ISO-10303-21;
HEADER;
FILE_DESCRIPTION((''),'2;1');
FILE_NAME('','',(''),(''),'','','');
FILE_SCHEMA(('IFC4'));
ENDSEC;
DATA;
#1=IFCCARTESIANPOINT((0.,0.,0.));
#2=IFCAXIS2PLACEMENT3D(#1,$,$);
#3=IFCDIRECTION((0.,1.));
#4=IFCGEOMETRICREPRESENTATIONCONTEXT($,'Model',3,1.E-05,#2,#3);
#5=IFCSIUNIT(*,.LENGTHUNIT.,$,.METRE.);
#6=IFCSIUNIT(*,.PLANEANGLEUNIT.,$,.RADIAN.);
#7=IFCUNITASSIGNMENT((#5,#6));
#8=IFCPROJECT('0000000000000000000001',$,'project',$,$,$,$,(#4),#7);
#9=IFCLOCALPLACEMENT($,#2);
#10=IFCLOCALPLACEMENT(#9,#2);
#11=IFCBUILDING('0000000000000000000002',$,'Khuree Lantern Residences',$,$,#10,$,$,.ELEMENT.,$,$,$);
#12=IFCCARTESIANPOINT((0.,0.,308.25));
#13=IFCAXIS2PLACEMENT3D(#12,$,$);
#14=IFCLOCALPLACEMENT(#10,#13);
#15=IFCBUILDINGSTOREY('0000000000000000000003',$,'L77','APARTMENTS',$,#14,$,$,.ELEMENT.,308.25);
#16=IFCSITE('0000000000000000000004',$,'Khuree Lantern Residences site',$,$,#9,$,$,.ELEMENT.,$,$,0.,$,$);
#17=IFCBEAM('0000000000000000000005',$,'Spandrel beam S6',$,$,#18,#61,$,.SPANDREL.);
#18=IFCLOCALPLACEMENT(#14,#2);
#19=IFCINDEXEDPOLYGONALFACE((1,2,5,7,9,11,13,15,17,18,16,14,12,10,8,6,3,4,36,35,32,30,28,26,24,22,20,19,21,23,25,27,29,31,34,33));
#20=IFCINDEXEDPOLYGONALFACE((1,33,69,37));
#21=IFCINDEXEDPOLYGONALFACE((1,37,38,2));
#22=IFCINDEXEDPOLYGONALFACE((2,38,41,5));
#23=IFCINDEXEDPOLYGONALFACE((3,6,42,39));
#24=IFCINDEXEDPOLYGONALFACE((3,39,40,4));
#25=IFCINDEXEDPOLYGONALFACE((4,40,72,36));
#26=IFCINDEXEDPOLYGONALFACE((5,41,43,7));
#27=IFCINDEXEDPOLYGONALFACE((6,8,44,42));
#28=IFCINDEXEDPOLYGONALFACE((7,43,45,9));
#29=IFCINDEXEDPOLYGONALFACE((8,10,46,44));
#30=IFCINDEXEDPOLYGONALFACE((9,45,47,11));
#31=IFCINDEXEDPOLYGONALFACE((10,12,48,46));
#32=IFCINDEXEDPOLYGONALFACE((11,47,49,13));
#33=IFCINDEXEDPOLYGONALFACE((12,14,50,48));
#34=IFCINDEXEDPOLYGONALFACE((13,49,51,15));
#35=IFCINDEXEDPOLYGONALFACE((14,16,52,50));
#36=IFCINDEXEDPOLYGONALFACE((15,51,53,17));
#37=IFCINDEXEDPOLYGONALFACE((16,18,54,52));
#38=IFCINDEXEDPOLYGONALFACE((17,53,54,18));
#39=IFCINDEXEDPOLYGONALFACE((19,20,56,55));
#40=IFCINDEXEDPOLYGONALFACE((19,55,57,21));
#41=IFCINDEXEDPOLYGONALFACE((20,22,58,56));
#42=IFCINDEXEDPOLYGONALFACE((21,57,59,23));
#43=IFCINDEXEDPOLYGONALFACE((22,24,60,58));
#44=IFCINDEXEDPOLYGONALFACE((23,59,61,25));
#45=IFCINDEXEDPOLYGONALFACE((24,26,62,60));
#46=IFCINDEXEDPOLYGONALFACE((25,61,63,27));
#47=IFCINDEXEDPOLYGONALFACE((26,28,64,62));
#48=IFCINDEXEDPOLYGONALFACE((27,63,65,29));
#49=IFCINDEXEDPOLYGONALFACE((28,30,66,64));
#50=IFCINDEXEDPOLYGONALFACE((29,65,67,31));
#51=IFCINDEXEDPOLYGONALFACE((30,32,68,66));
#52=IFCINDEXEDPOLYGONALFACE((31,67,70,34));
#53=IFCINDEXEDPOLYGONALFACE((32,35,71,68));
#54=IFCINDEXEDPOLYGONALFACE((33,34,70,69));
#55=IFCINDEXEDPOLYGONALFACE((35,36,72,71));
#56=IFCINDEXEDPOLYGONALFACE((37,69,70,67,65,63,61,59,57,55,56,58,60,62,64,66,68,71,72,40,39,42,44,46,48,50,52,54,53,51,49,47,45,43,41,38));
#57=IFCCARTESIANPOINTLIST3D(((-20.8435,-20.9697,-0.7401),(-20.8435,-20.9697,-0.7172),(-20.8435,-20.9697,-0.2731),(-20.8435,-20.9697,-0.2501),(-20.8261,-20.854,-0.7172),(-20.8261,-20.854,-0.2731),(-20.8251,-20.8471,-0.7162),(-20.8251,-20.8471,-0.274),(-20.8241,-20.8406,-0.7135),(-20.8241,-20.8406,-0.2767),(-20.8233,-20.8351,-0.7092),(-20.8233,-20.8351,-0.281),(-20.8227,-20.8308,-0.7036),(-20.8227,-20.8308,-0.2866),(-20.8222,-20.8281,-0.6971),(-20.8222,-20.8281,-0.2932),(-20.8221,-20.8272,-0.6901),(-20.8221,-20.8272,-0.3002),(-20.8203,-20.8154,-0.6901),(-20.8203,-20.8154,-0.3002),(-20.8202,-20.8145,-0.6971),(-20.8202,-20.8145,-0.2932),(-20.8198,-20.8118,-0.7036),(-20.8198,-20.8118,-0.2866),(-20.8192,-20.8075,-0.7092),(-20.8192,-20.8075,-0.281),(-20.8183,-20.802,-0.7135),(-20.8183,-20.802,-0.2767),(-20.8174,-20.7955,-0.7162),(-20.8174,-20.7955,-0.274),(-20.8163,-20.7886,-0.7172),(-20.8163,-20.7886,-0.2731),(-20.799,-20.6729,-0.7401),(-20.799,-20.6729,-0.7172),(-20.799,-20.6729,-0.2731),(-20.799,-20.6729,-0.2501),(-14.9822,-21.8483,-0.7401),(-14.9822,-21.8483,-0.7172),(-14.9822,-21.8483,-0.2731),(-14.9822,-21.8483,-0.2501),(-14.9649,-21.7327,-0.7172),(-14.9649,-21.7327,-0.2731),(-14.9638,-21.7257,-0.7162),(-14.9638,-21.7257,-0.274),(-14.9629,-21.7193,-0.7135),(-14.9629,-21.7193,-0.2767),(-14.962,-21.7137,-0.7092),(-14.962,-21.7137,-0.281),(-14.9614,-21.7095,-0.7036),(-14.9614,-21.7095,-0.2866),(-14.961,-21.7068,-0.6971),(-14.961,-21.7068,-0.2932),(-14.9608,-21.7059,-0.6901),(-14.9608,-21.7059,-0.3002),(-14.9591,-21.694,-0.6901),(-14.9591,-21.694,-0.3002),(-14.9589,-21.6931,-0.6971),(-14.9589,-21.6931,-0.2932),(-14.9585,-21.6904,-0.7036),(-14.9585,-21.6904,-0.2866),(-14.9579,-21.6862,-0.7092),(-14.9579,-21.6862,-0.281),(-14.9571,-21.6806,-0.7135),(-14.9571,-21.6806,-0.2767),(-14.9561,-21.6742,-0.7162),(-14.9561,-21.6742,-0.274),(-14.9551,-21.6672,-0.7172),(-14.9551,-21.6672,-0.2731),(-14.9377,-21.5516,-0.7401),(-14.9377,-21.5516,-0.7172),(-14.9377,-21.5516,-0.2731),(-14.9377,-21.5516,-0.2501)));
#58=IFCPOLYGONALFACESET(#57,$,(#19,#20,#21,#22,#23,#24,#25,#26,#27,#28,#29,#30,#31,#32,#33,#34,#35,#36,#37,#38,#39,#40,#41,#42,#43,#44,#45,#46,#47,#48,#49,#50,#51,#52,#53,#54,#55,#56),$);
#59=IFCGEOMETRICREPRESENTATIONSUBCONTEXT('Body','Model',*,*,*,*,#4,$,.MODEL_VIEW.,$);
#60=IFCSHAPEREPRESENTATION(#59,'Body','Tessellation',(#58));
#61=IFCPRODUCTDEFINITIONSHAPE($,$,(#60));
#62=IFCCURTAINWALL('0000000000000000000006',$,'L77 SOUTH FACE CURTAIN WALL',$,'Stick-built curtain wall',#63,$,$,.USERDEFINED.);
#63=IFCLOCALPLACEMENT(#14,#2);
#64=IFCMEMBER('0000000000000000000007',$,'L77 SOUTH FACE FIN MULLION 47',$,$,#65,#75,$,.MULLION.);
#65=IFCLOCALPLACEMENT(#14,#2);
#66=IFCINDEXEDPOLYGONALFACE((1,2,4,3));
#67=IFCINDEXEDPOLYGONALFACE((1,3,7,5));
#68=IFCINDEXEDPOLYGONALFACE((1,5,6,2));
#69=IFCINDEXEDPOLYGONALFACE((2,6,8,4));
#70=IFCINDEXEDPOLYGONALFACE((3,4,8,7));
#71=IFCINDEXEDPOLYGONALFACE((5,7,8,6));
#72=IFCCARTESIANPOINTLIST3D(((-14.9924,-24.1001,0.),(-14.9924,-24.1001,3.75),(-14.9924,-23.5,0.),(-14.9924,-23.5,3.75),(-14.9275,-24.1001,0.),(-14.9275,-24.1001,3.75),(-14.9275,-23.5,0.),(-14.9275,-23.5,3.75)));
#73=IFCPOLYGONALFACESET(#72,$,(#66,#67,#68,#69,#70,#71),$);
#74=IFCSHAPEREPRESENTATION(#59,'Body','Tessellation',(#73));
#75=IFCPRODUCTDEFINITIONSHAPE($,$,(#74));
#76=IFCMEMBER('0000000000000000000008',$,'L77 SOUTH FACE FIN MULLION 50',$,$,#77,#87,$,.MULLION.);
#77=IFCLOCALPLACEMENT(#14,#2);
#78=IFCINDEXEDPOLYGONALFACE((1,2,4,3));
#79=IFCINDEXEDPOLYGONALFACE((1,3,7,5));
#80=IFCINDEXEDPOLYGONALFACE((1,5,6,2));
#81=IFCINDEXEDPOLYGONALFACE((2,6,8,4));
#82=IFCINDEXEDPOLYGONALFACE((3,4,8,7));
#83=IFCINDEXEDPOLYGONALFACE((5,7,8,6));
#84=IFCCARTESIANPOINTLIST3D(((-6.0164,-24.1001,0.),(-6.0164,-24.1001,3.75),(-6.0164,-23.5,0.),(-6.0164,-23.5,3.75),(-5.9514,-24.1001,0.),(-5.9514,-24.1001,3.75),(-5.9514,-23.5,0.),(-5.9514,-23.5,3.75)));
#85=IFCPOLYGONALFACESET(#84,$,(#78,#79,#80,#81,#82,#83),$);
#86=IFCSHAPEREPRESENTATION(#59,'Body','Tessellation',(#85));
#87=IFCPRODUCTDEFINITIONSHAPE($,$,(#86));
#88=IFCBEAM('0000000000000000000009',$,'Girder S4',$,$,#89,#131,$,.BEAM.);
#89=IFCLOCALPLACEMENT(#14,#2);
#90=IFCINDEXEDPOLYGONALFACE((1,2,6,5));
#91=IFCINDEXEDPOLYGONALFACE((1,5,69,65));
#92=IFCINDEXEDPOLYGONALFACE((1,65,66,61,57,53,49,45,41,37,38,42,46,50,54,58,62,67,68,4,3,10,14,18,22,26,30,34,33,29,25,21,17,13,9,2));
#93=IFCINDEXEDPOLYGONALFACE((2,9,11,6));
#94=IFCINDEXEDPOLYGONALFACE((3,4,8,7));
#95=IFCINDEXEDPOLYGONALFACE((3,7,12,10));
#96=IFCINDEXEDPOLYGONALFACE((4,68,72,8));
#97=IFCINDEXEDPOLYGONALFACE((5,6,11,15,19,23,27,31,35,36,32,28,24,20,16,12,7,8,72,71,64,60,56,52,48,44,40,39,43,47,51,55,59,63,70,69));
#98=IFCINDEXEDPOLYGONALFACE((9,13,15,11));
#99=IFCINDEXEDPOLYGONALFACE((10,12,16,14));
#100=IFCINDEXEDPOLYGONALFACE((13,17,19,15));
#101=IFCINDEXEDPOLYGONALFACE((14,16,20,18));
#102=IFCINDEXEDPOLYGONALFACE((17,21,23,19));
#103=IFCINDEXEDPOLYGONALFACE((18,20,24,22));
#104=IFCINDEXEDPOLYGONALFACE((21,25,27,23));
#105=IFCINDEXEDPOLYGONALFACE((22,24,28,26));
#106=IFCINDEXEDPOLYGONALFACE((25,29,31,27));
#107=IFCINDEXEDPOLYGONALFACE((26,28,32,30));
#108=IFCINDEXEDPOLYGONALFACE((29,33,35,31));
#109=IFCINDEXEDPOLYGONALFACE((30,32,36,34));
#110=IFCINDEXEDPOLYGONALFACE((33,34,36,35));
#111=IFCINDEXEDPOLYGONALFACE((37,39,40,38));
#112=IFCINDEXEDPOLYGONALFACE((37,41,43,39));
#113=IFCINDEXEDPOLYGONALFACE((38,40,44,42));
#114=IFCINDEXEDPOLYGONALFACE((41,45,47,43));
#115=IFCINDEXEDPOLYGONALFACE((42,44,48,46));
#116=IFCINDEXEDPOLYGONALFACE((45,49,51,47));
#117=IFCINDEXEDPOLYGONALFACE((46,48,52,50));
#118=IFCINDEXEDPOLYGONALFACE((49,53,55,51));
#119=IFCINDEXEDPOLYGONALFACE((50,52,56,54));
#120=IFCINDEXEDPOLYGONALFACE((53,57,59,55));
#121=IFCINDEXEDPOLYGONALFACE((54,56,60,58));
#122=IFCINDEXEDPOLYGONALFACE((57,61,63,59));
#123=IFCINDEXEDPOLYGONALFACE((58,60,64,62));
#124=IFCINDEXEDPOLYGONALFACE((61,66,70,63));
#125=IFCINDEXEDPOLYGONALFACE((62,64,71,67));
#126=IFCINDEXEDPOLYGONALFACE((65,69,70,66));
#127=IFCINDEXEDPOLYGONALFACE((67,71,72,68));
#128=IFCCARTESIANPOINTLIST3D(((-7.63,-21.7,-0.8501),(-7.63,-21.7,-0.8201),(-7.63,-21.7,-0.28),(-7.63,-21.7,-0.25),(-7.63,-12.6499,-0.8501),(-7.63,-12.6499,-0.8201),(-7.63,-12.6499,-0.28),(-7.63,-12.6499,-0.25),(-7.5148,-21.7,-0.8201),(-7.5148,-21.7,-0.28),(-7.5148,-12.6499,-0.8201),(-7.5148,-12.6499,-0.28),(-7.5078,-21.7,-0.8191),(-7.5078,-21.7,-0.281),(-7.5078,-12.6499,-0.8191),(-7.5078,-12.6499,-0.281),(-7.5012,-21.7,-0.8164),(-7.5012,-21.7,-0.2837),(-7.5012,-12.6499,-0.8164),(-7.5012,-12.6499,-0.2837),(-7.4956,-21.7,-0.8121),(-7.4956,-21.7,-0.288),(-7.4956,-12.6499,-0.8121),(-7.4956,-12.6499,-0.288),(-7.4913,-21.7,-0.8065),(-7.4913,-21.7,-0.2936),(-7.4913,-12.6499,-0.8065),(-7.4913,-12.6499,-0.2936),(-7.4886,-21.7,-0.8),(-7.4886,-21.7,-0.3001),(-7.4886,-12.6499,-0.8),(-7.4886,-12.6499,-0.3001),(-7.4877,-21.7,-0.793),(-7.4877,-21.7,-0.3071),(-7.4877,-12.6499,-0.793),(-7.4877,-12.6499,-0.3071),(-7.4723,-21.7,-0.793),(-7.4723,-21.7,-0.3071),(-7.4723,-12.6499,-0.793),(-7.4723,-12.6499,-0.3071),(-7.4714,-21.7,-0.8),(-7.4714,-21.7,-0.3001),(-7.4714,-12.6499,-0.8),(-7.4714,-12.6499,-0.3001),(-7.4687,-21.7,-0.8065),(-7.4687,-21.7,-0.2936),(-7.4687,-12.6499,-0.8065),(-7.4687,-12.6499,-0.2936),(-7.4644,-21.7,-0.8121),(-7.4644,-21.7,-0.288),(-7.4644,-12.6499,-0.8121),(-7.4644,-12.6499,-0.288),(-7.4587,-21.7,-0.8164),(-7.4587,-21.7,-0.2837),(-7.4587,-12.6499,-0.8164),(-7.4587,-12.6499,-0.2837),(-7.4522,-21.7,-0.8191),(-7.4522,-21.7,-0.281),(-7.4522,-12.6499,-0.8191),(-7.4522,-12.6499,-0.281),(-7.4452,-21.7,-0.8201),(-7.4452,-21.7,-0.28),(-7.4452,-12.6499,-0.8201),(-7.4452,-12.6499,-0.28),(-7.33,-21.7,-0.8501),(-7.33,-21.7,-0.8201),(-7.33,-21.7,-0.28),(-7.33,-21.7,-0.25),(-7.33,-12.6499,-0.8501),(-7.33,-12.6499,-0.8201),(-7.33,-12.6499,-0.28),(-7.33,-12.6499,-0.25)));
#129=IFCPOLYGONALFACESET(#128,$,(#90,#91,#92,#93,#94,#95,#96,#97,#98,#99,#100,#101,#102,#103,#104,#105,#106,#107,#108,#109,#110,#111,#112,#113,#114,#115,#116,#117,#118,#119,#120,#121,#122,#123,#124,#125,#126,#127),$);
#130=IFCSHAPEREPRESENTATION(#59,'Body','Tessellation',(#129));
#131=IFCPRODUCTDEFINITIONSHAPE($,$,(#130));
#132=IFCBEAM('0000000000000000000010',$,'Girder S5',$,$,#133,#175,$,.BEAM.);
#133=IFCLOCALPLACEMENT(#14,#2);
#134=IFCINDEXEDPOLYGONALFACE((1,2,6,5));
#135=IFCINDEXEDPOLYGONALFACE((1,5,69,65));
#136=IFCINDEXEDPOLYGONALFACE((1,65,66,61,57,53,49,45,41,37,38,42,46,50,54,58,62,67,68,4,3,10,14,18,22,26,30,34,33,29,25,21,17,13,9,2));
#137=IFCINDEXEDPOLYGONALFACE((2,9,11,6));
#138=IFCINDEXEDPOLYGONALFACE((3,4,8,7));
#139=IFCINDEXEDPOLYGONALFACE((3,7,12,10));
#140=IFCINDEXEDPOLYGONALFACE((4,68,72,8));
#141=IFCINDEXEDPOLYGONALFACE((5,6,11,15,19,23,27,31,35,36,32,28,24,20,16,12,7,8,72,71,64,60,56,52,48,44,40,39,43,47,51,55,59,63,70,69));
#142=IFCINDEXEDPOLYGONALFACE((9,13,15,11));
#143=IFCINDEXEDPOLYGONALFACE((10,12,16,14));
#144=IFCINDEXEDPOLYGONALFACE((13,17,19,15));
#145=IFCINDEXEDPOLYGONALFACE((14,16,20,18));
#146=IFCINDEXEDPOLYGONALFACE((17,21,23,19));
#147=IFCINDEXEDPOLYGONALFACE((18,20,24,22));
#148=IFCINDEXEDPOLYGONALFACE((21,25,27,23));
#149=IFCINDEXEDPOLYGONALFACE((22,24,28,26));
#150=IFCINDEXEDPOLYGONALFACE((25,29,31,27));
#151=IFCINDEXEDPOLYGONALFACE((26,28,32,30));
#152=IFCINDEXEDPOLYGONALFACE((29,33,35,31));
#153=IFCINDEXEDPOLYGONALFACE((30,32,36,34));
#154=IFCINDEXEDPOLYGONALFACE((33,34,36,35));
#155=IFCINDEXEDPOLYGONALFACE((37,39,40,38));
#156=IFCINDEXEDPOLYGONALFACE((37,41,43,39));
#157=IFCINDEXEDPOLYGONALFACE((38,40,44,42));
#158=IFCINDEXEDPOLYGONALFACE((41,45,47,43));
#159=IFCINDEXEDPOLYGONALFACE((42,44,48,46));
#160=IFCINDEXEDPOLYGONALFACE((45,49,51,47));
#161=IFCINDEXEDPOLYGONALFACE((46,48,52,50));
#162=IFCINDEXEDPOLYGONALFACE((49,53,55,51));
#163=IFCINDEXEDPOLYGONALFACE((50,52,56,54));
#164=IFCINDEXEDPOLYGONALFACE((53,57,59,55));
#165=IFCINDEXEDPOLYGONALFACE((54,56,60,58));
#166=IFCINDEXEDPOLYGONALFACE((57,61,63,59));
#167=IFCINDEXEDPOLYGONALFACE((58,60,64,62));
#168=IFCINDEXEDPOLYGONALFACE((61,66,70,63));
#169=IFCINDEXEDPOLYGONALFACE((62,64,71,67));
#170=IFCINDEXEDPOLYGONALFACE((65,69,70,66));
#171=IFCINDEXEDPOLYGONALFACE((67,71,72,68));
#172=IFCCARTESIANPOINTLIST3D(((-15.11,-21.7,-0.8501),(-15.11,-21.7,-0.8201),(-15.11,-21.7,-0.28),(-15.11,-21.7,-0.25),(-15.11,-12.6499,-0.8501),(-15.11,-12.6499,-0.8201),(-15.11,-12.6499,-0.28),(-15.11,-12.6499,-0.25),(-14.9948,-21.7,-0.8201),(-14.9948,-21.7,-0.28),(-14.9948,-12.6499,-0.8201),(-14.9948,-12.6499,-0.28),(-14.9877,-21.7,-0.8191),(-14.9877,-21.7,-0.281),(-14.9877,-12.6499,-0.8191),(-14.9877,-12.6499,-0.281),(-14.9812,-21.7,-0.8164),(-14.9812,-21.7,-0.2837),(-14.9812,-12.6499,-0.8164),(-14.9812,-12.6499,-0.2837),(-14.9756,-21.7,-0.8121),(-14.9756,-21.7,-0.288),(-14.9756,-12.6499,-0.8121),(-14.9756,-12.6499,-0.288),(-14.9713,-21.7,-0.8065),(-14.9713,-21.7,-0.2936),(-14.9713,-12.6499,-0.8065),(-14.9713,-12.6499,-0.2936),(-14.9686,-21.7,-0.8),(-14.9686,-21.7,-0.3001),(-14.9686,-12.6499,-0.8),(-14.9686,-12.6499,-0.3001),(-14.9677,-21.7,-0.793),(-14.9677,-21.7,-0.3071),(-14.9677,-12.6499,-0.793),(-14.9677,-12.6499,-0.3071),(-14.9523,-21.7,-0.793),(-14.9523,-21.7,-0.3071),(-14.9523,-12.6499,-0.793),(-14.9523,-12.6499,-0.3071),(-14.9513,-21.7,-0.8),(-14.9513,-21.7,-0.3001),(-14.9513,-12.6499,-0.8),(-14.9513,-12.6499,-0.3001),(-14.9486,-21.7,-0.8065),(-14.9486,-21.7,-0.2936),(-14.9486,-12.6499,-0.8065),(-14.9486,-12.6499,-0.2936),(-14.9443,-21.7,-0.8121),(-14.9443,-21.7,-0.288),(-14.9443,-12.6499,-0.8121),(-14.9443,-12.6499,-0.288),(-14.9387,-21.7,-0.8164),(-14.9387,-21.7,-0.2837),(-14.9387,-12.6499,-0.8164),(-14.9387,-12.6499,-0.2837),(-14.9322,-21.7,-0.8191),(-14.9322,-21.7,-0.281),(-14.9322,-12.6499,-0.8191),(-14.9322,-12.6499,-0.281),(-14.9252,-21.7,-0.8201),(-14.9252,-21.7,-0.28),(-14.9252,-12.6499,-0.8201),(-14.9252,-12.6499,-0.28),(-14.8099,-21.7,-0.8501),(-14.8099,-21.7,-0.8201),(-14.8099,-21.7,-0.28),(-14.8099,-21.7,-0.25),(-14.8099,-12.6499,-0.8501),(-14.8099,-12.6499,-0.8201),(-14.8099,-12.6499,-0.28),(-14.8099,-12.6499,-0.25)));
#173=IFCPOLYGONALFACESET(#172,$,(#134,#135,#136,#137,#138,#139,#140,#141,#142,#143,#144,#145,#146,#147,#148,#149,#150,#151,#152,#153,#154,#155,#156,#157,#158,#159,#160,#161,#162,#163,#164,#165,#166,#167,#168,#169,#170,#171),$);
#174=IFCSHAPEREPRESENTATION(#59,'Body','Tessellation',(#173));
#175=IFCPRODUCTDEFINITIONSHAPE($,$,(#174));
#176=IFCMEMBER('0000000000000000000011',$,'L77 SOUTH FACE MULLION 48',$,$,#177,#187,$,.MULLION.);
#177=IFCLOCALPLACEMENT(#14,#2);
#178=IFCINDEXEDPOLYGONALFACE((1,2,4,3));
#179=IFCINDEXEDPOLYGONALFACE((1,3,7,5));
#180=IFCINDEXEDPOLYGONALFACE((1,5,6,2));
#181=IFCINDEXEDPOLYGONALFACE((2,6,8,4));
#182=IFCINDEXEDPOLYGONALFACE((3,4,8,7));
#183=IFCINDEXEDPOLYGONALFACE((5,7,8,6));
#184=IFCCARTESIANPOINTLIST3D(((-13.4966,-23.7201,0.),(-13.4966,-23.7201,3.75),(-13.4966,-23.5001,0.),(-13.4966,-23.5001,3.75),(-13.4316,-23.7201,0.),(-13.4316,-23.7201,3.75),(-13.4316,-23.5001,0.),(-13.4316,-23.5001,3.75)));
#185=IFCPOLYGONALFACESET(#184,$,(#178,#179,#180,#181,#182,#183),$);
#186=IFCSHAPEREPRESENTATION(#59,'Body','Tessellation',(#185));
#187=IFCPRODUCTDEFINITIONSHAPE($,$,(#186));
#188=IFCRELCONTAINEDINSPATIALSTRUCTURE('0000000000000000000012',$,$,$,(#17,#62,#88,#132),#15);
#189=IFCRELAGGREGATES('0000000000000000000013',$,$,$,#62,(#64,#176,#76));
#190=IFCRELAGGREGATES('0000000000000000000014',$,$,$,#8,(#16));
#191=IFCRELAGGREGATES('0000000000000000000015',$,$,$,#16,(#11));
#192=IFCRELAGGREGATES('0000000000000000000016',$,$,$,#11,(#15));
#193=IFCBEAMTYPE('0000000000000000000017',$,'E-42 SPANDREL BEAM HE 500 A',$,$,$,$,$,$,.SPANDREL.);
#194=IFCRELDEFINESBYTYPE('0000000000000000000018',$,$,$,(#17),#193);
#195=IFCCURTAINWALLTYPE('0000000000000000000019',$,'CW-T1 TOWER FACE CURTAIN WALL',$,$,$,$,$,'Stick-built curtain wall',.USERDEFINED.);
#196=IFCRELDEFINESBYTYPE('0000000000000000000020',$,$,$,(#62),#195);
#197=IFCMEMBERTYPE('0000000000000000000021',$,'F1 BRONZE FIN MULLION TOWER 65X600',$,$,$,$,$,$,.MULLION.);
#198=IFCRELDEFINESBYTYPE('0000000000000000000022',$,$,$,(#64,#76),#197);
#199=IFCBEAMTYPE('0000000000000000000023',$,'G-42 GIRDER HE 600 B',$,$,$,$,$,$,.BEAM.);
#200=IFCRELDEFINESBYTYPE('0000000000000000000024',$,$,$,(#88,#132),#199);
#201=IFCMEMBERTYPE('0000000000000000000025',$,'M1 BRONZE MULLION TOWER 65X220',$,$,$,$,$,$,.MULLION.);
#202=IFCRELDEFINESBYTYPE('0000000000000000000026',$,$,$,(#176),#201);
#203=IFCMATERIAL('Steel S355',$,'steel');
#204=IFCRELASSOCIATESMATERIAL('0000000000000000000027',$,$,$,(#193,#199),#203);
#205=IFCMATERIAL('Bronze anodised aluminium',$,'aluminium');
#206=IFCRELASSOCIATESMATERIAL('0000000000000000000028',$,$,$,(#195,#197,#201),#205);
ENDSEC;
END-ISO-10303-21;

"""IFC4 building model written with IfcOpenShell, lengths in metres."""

from ifc_helpers import new_model, si_unit, direction, frame, origin, origin_2d, place, context, subcontext, project, spatial, rectangle, i_section, extrude, material, material_profile, profile_set, type_object, element, aggregate, save


model = new_model("IFC4")

# Units and contexts
model_context = context("Model", 3, precision=1e-05, world=origin(), true_north=direction((0.0, 1.0)))
body_context = subcontext(model_context, "Body", "Model", "MODEL_VIEW")
ifc_project = project(units=[si_unit("LENGTHUNIT", "METRE"), si_unit("PLANEANGLEUNIT", "RADIAN")], contexts=[model_context])

# Site, building, storey
site_placement = place(None, origin())
site = spatial("IfcSite", under=ifc_project, at=site_placement, Name="Khuree Lantern Residences site", CompositionType="ELEMENT", RefElevation=0.0)
building_placement = place(site_placement, origin())
building = spatial("IfcBuilding", under=site, at=building_placement, Name="Khuree Lantern Residences", CompositionType="ELEMENT")
storey_placement = place(building_placement, frame((0.0, 0.0, 308.25)))
storey = spatial("IfcBuildingStorey", under=building, at=storey_placement, Name="L77", Description="APARTMENTS", CompositionType="ELEMENT", Elevation=308.25)

# Beam
ifc_material_1 = material(Name="Steel S355", Category="steel")
ifc_material_profile_1 = material_profile(ifc_material_1, i_section(OverallWidth=0.3, OverallDepth=0.49, WebThickness=0.012, FlangeThickness=0.0229, FilletRadius=0.0271, at=origin_2d()), Name="HE 500 A")
ifc_profile_set_1 = profile_set([ifc_material_profile_1], Name="Steel S355")
beam_type_1 = type_object("IfcBeamType", Name="E-42 SPANDREL BEAM HE 500 A", PredefinedType="SPANDREL", material=ifc_profile_set_1)
beam_1_placement = place(storey_placement, frame((-14.96, -21.7, -0.4951), z_axis=(-0.98895, 0.148252, 0.0), x_axis=(-0.148252, -0.98895, 0.0)))
element("IfcBeam", 1, at=beam_1_placement, inside=storey, type_object=beam_type_1, Name="Spandrel beam S6", PredefinedType="SPANDREL", context=body_context, shape_type="SweptSolid", body=[
    extrude(i_section(OverallWidth=0.3, OverallDepth=0.49, WebThickness=0.012, FlangeThickness=0.0229, FilletRadius=0.0271, at=origin_2d()), origin(), (0.0, 0.0, 1.0), 5.9268),
])

# Curtain wall, members
ifc_material_2 = material(Name="Bronze anodised aluminium", Category="aluminium")
curtain_wall_type = type_object("IfcCurtainWallType", Name="CW-T1 TOWER FACE CURTAIN WALL", ElementType="Stick-built curtain wall", PredefinedType="USERDEFINED", material=ifc_material_2)
curtain_wall_placement = place(storey_placement, origin())
curtain_wall = element("IfcCurtainWall", 2, at=curtain_wall_placement, inside=storey, type_object=curtain_wall_type, Name="L77 SOUTH FACE CURTAIN WALL", ObjectType="Stick-built curtain wall", PredefinedType="USERDEFINED")
ifc_material_profile_2 = material_profile(ifc_material_2, rectangle(XDim=0.0649, YDim=0.6001, at=origin_2d()), Name="F1 65X600")
ifc_profile_set_2 = profile_set([ifc_material_profile_2], Name="Bronze anodised aluminium")
member_type_1 = type_object("IfcMemberType", Name="F1 BRONZE FIN MULLION TOWER 65X600", PredefinedType="MULLION", material=ifc_profile_set_2)
member_1_placement = place(storey_placement, frame((-14.96, -23.8, 0.0), z_axis=(0.0, 0.0, 1.0), x_axis=(1.0, 0.0, 0.0)))
member_1 = element("IfcMember", 3, at=member_1_placement, type_object=member_type_1, Name="L77 SOUTH FACE FIN MULLION 47", PredefinedType="MULLION", context=body_context, shape_type="SweptSolid", body=[
    extrude(rectangle(XDim=0.0649, YDim=0.6001, at=origin_2d()), origin(), (0.0, 0.0, 1.0), 3.75),
])
member_2_placement = place(storey_placement, frame((-5.9839, -23.8, 0.0), z_axis=(0.0, 0.0, 1.0), x_axis=(1.0, 0.0, 0.0)))
member_2 = element("IfcMember", 4, at=member_2_placement, type_object=member_type_1, Name="L77 SOUTH FACE FIN MULLION 50", PredefinedType="MULLION", context=body_context, shape_type="SweptSolid", body=[
    extrude(rectangle(XDim=0.0649, YDim=0.6001, at=origin_2d()), origin(), (0.0, 0.0, 1.0), 3.75),
])

# Beams
ifc_material_profile_3 = material_profile(ifc_material_1, i_section(OverallWidth=0.3, OverallDepth=0.6001, WebThickness=0.0154, FlangeThickness=0.03, FilletRadius=0.0271, at=origin_2d()), Name="HE 600 B")
ifc_profile_set_3 = profile_set([ifc_material_profile_3], Name="Steel S355")
beam_type_2 = type_object("IfcBeamType", Name="G-42 GIRDER HE 600 B", PredefinedType="BEAM", material=ifc_profile_set_3)
for number, where, z_axis, x_axis, name in (
    (5, (-7.48, -21.7, -0.55), (0.0, 1.0, 0.0), (-1.0, 0.0, 0.0), "Girder S4"),
    (6, (-14.96, -21.7, -0.55), (0.0, 1.0, 0.0), (-1.0, 0.0, 0.0), "Girder S5"),
):
    element("IfcBeam", number, at=place(storey_placement, frame(where, z_axis=z_axis, x_axis=x_axis)), inside=storey, type_object=beam_type_2, Name=name, PredefinedType="BEAM", context=body_context, shape_type="SweptSolid", body=[
        extrude(i_section(OverallWidth=0.3, OverallDepth=0.6001, WebThickness=0.0154, FlangeThickness=0.03, FilletRadius=0.0271, at=origin_2d()), origin(), (0.0, 0.0, 1.0), 9.05),
    ])

# Member
ifc_material_profile_4 = material_profile(ifc_material_2, rectangle(XDim=0.0649, YDim=0.22, at=origin_2d()), Name="M1 65X220")
ifc_profile_set_4 = profile_set([ifc_material_profile_4], Name="Bronze anodised aluminium")
member_type_2 = type_object("IfcMemberType", Name="M1 BRONZE MULLION TOWER 65X220", PredefinedType="MULLION", material=ifc_profile_set_4)
member_3_placement = place(storey_placement, frame((-13.4641, -23.6101, 0.0), z_axis=(0.0, 0.0, 1.0), x_axis=(1.0, 0.0, 0.0)))
member_3 = element("IfcMember", 7, at=member_3_placement, type_object=member_type_2, Name="L77 SOUTH FACE MULLION 48", PredefinedType="MULLION", context=body_context, shape_type="SweptSolid", body=[
    extrude(rectangle(XDim=0.0649, YDim=0.22, at=origin_2d()), origin(), (0.0, 0.0, 1.0), 3.75),
])

aggregate(curtain_wall, [member_1, member_3, member_2])

save(model, "model.ifc")
